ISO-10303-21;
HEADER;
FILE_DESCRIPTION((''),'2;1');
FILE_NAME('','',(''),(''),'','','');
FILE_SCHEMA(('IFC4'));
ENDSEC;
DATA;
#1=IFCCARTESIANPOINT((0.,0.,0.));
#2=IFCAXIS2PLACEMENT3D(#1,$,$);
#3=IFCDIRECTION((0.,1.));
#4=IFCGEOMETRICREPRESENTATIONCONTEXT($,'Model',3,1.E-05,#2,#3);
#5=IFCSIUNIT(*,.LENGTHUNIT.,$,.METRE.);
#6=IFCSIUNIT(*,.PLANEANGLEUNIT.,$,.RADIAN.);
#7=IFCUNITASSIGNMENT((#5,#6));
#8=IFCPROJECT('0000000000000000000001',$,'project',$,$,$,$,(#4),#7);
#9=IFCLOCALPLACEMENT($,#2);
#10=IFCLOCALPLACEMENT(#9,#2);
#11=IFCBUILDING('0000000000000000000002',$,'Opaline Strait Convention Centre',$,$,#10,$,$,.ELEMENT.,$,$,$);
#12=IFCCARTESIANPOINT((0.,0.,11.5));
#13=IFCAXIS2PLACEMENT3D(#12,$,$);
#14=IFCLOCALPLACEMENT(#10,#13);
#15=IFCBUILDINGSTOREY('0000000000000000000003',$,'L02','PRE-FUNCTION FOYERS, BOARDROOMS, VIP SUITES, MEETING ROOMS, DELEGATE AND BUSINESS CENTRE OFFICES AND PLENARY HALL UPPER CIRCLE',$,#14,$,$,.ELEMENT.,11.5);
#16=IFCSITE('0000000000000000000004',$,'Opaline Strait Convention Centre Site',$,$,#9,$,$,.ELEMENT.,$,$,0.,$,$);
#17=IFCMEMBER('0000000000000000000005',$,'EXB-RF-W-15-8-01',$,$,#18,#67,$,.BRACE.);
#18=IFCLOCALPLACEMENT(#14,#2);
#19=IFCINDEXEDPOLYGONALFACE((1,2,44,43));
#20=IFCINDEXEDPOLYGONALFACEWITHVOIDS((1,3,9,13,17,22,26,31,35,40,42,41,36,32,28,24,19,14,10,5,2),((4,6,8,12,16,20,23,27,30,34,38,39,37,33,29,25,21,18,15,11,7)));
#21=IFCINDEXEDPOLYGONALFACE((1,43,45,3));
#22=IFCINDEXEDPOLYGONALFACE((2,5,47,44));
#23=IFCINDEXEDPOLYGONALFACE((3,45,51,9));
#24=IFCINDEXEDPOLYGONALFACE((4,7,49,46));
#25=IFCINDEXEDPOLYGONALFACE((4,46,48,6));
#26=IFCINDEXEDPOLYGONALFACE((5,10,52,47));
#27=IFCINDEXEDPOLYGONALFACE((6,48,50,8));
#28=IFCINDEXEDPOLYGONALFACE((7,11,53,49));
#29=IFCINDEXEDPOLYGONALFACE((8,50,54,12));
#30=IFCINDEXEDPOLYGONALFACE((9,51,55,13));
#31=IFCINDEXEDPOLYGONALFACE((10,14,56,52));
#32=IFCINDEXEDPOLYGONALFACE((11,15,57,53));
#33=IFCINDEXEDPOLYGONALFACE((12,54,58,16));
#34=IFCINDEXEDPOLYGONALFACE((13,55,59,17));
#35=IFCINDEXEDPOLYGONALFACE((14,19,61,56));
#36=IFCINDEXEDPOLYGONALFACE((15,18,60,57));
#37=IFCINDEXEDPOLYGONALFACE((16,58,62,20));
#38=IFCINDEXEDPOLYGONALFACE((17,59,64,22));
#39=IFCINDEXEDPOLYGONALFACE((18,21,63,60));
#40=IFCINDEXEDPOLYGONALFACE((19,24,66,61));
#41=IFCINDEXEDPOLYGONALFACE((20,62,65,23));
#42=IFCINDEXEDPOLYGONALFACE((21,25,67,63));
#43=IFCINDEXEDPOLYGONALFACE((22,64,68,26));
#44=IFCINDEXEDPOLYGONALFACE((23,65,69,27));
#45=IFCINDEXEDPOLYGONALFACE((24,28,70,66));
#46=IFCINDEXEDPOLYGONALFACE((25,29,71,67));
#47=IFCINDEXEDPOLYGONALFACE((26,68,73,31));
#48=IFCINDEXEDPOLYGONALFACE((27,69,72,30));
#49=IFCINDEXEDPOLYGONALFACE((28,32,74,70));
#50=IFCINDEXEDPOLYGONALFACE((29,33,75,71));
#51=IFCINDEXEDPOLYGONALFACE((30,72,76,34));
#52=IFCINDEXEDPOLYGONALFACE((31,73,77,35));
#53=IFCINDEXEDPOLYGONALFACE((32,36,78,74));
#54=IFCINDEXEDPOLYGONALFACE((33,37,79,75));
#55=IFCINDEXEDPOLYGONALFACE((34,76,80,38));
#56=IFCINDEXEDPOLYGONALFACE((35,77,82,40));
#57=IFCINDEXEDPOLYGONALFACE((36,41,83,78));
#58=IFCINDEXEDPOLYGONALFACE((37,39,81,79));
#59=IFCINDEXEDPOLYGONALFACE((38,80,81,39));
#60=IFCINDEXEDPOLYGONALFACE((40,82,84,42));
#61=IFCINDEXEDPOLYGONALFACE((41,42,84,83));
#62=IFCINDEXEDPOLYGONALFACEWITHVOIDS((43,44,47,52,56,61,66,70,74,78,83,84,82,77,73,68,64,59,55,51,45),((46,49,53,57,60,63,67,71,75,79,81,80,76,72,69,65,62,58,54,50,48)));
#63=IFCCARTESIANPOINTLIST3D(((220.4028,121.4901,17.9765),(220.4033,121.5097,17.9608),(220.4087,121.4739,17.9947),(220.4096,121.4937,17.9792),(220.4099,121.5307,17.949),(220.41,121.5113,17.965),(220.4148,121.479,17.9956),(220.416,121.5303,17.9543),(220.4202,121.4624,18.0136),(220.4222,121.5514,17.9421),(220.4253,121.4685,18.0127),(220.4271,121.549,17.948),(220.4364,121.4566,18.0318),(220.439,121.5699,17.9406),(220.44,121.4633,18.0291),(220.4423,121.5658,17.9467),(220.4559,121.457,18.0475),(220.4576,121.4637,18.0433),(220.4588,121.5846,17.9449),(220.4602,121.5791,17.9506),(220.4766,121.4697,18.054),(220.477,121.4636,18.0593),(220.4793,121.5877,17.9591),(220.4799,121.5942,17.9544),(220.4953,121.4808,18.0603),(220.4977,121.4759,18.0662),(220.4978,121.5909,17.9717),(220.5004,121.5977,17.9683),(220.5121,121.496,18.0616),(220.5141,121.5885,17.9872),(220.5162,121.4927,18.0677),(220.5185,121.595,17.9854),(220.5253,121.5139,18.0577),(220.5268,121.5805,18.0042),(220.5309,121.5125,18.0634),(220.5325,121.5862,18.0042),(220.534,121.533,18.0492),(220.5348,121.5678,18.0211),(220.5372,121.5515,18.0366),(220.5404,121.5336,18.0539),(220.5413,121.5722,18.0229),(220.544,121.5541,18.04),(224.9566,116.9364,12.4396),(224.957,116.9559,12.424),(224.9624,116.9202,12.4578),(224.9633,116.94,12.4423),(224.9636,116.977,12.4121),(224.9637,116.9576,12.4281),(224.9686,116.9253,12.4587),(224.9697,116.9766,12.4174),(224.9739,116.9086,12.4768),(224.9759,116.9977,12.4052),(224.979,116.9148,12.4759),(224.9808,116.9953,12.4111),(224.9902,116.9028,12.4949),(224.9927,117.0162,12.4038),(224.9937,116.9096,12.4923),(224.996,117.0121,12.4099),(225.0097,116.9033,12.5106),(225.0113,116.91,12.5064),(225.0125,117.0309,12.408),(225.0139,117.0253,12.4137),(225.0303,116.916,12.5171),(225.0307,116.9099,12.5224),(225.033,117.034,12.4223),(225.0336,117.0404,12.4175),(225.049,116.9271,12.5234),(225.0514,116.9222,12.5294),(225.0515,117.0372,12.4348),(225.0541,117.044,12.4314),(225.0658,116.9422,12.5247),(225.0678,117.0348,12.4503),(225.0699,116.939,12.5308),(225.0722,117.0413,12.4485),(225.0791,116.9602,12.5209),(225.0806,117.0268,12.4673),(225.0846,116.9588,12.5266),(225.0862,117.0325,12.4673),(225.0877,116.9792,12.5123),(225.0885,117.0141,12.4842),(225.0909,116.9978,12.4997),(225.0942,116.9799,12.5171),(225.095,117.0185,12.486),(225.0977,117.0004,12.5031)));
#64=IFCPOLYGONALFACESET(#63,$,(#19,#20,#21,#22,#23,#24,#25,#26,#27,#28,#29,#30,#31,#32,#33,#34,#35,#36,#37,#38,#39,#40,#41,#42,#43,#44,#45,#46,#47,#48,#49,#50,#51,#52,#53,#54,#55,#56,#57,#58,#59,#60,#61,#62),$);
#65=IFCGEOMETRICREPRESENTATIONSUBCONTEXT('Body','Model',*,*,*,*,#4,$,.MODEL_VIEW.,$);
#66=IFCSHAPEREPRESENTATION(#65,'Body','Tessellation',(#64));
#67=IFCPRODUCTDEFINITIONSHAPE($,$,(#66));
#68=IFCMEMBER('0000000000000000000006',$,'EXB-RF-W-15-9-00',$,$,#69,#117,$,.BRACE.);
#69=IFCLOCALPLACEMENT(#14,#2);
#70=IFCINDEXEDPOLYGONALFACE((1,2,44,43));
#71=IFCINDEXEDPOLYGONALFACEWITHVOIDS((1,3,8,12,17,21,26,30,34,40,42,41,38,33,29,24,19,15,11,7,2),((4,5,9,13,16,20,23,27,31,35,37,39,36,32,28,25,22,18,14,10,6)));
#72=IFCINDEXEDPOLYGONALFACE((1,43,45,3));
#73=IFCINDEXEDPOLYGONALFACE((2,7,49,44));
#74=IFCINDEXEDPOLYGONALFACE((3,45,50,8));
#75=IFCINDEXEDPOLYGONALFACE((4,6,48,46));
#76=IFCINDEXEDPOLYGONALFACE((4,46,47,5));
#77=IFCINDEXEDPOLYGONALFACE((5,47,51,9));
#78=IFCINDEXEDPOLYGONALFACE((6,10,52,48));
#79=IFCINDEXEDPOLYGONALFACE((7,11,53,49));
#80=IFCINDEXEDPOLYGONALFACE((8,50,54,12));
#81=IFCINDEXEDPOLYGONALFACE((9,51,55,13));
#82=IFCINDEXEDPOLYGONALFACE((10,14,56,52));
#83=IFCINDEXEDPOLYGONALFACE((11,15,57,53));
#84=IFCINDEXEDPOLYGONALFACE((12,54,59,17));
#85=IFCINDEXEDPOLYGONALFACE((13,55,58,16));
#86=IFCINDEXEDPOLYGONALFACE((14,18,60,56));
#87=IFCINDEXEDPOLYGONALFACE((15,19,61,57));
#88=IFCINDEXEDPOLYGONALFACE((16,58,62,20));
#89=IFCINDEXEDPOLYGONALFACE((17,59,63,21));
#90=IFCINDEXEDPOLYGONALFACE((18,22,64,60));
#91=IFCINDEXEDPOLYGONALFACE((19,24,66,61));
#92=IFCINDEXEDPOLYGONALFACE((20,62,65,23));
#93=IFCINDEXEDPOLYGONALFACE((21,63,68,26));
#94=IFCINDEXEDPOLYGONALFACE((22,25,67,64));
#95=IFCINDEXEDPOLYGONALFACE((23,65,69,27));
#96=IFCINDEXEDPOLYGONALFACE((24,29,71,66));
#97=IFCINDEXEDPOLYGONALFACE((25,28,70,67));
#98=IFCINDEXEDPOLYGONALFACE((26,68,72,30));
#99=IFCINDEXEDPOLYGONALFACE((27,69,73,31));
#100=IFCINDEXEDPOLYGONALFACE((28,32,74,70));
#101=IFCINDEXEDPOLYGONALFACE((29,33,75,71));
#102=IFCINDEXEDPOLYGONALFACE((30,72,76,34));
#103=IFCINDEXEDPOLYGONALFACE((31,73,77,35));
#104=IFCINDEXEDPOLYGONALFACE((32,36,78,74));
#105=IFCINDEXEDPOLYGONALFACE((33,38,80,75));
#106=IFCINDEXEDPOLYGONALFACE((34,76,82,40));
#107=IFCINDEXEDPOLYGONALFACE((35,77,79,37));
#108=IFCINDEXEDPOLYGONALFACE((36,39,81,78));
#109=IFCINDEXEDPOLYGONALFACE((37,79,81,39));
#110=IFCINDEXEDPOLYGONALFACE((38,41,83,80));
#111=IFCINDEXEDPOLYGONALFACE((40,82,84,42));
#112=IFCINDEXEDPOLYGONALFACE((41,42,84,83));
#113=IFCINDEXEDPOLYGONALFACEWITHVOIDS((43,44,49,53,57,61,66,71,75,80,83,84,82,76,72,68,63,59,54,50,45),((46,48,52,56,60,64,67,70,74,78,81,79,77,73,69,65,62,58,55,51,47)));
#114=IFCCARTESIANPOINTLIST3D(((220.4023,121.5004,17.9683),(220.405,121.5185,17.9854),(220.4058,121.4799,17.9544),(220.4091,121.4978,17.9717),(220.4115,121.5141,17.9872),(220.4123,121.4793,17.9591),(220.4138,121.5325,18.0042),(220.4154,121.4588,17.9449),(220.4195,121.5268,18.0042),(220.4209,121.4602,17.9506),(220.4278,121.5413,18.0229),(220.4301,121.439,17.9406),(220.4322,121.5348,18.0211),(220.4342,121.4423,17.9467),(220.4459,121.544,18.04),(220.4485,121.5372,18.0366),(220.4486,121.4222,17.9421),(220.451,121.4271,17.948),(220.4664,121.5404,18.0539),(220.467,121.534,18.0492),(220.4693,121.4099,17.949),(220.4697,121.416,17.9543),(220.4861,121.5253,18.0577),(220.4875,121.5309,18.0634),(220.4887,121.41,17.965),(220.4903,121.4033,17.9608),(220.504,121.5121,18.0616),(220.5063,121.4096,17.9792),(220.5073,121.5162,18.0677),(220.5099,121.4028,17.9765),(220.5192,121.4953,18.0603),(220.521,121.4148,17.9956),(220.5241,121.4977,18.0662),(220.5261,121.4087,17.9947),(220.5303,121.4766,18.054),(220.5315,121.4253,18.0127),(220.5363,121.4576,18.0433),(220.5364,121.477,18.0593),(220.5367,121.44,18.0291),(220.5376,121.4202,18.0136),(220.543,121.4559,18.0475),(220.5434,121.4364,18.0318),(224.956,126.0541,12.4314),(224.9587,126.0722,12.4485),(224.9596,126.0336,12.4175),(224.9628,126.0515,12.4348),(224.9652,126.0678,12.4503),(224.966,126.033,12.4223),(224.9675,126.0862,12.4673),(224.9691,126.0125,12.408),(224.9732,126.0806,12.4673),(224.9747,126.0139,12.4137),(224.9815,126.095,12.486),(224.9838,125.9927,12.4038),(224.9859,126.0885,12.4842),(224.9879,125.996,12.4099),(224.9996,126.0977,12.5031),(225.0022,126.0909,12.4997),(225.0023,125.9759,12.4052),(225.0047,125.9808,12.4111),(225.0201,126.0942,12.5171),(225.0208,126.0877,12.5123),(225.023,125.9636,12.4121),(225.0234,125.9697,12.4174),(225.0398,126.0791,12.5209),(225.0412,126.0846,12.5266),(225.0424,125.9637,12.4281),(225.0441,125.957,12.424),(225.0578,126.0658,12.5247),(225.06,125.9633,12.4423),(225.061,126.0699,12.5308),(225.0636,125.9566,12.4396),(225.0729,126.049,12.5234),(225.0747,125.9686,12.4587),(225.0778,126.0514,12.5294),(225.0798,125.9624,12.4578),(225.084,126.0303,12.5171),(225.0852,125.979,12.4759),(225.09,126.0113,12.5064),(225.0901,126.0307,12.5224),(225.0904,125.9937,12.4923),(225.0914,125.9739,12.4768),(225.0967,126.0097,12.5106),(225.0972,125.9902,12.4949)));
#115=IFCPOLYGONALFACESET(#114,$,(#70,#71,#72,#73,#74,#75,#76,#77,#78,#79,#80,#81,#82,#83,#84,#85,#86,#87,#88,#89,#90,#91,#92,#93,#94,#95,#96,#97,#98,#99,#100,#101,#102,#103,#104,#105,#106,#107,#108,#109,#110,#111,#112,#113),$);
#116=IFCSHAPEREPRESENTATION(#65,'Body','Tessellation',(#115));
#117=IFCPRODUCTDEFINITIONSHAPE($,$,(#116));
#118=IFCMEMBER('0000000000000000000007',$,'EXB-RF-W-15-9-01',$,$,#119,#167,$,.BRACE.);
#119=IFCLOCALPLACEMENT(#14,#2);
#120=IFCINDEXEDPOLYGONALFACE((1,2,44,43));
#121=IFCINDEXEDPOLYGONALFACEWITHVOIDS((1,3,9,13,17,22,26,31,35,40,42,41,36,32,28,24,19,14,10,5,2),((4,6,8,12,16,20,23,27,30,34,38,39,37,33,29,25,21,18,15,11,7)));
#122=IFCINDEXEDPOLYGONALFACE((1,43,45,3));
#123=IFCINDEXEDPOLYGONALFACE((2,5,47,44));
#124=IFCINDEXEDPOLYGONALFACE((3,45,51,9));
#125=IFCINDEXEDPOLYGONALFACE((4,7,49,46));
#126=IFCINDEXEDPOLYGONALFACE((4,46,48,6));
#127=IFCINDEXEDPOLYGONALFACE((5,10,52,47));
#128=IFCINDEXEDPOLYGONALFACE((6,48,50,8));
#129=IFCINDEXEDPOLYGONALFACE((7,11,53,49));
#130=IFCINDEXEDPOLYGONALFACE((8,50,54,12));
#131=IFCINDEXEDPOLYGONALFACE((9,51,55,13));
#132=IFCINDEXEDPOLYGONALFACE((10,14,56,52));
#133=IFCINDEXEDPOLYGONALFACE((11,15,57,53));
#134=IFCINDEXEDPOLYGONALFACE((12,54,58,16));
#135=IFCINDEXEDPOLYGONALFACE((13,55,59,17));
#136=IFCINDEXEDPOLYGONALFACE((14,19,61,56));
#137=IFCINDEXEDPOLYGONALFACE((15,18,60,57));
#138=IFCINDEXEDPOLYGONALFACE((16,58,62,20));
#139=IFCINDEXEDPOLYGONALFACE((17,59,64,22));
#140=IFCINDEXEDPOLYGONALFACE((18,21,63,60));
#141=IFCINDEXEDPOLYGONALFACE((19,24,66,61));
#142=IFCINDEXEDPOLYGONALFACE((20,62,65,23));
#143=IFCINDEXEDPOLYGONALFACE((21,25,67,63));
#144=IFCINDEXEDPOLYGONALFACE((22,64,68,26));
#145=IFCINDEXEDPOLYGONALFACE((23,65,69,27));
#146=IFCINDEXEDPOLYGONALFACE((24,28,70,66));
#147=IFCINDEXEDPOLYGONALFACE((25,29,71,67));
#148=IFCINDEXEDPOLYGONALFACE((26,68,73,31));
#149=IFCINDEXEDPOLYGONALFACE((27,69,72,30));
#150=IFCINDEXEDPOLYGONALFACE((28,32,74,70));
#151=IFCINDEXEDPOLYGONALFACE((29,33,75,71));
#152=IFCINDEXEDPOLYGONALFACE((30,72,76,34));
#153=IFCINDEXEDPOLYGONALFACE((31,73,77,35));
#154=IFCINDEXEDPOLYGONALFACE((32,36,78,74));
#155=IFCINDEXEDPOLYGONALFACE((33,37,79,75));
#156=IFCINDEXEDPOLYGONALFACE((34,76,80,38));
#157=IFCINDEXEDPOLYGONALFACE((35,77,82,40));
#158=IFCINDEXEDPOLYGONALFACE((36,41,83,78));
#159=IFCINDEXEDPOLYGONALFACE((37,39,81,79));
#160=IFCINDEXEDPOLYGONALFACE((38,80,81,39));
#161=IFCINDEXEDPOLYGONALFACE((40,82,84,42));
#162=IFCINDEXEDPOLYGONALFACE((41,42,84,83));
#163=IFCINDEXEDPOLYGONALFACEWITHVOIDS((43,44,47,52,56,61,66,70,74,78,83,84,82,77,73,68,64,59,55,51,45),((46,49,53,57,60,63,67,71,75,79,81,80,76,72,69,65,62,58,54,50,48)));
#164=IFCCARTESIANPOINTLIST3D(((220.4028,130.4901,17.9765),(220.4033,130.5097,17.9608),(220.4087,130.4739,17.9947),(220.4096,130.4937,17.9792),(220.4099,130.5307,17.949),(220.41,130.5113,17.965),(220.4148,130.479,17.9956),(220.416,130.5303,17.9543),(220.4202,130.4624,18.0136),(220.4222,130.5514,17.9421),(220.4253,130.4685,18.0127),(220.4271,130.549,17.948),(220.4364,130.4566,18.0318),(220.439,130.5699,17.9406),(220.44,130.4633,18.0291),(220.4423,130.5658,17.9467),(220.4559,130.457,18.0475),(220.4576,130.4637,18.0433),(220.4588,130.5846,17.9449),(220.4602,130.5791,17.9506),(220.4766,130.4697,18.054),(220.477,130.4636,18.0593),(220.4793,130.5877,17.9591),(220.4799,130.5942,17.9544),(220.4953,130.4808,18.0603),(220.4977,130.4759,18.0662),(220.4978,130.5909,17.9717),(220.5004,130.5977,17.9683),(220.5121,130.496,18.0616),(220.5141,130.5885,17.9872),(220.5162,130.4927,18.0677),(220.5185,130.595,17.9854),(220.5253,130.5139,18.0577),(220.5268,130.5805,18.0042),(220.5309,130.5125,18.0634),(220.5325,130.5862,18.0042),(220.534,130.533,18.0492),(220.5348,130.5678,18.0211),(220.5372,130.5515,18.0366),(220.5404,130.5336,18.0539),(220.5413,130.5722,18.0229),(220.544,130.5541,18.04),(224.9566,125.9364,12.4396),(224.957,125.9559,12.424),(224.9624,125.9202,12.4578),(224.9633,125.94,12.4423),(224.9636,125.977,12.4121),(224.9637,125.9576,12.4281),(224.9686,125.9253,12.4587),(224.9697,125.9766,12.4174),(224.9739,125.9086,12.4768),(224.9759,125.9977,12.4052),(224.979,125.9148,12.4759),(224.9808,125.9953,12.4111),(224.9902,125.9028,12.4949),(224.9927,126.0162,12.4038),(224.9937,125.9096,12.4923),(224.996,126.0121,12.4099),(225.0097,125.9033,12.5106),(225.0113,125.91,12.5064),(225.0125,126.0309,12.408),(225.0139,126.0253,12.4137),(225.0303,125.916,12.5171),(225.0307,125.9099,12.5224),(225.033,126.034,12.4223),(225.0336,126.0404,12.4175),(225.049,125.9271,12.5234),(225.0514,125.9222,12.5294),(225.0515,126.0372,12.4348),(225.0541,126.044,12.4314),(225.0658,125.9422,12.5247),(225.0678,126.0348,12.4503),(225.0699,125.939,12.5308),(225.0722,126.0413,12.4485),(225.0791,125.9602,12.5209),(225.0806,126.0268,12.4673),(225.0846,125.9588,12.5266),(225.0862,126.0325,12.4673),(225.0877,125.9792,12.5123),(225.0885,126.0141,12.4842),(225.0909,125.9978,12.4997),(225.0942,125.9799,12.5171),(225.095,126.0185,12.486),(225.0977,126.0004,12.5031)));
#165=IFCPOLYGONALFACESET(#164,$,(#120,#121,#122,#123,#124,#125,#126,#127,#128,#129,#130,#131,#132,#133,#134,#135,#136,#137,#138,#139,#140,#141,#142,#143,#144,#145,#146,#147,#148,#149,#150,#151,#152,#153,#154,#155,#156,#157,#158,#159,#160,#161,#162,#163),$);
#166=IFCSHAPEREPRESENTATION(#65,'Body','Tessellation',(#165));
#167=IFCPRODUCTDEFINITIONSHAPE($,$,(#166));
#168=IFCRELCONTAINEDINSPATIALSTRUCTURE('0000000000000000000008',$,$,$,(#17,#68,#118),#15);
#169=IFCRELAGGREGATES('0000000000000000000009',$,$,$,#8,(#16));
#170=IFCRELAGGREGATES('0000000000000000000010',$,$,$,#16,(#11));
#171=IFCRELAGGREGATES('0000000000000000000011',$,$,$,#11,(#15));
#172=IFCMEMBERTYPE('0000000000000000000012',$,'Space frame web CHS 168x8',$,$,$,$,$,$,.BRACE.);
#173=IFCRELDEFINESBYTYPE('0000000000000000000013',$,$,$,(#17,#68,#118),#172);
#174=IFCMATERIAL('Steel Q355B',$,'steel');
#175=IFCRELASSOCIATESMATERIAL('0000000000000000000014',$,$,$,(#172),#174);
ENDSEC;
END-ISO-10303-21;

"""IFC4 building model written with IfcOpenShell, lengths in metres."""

from ifc_helpers import new_model, si_unit, direction, frame, origin, origin_2d, place, context, subcontext, project, spatial, hollow_circle, extrude, material, material_profile, profile_set, type_object, element, save


model = new_model("IFC4")

# Units and contexts
model_context = context("Model", 3, precision=1e-05, world=origin(), true_north=direction((0.0, 1.0)))
body_context = subcontext(model_context, "Body", "Model", "MODEL_VIEW")
ifc_project = project(units=[si_unit("LENGTHUNIT", "METRE"), si_unit("PLANEANGLEUNIT", "RADIAN")], contexts=[model_context])

# Site, building, storey
site_placement = place(None, origin())
site = spatial("IfcSite", under=ifc_project, at=site_placement, Name="Opaline Strait Convention Centre Site", CompositionType="ELEMENT", RefElevation=0.0)
building_placement = place(site_placement, origin())
building = spatial("IfcBuilding", under=site, at=building_placement, Name="Opaline Strait Convention Centre", CompositionType="ELEMENT")
storey_placement = place(building_placement, frame((0.0, 0.0, 11.5)))
storey = spatial("IfcBuildingStorey", under=building, at=storey_placement, Name="L02", Description="PRE-FUNCTION FOYERS, BOARDROOMS, VIP SUITES, MEETING ROOMS, DELEGATE AND BUSINESS CENTRE OFFICES AND PLENARY HALL UPPER CIRCLE", CompositionType="ELEMENT", Elevation=11.5)

# Members
ifc_material = material(Name="Steel Q355B", Category="steel")
ifc_material_profile_1 = material_profile(ifc_material, hollow_circle(Radius=0.084, WallThickness=0.0081, at=origin_2d()), Name="CHS 168x8")
ifc_profile_set_1 = profile_set([ifc_material_profile_1], Name="Steel Q355B")
member_type_1 = type_object("IfcMemberType", Name="Space frame web CHS 168x8", PredefinedType="BRACE", material=ifc_profile_set_1)
for number, where, z_axis, x_axis, name in (
    (1, (220.4731, 121.5269, 18.0042), (0.536178, -0.536178, -0.65194), (0.707107, 0.707107, 0.0), "EXB-RF-W-15-8-01"),
    (2, (220.4731, 121.4731, 18.0042), (0.536178, 0.536178, -0.65194), (-0.707107, 0.707107, 0.0), "EXB-RF-W-15-9-00"),
    (3, (220.4731, 130.5269, 18.0042), (0.536178, -0.536178, -0.65194), (0.707107, 0.707107, 0.0), "EXB-RF-W-15-9-01"),
):
    element("IfcMember", number, at=place(storey_placement, frame(where, z_axis=z_axis, x_axis=x_axis)), inside=storey, type_object=member_type_1, Name=name, PredefinedType="BRACE", context=body_context, shape_type="SweptSolid", body=[
        extrude(hollow_circle(Radius=0.084, WallThickness=0.0081, at=origin_2d()), origin(), (0.0, 0.0, 1.0), 8.4929),
    ])

save(model, "model.ifc")
